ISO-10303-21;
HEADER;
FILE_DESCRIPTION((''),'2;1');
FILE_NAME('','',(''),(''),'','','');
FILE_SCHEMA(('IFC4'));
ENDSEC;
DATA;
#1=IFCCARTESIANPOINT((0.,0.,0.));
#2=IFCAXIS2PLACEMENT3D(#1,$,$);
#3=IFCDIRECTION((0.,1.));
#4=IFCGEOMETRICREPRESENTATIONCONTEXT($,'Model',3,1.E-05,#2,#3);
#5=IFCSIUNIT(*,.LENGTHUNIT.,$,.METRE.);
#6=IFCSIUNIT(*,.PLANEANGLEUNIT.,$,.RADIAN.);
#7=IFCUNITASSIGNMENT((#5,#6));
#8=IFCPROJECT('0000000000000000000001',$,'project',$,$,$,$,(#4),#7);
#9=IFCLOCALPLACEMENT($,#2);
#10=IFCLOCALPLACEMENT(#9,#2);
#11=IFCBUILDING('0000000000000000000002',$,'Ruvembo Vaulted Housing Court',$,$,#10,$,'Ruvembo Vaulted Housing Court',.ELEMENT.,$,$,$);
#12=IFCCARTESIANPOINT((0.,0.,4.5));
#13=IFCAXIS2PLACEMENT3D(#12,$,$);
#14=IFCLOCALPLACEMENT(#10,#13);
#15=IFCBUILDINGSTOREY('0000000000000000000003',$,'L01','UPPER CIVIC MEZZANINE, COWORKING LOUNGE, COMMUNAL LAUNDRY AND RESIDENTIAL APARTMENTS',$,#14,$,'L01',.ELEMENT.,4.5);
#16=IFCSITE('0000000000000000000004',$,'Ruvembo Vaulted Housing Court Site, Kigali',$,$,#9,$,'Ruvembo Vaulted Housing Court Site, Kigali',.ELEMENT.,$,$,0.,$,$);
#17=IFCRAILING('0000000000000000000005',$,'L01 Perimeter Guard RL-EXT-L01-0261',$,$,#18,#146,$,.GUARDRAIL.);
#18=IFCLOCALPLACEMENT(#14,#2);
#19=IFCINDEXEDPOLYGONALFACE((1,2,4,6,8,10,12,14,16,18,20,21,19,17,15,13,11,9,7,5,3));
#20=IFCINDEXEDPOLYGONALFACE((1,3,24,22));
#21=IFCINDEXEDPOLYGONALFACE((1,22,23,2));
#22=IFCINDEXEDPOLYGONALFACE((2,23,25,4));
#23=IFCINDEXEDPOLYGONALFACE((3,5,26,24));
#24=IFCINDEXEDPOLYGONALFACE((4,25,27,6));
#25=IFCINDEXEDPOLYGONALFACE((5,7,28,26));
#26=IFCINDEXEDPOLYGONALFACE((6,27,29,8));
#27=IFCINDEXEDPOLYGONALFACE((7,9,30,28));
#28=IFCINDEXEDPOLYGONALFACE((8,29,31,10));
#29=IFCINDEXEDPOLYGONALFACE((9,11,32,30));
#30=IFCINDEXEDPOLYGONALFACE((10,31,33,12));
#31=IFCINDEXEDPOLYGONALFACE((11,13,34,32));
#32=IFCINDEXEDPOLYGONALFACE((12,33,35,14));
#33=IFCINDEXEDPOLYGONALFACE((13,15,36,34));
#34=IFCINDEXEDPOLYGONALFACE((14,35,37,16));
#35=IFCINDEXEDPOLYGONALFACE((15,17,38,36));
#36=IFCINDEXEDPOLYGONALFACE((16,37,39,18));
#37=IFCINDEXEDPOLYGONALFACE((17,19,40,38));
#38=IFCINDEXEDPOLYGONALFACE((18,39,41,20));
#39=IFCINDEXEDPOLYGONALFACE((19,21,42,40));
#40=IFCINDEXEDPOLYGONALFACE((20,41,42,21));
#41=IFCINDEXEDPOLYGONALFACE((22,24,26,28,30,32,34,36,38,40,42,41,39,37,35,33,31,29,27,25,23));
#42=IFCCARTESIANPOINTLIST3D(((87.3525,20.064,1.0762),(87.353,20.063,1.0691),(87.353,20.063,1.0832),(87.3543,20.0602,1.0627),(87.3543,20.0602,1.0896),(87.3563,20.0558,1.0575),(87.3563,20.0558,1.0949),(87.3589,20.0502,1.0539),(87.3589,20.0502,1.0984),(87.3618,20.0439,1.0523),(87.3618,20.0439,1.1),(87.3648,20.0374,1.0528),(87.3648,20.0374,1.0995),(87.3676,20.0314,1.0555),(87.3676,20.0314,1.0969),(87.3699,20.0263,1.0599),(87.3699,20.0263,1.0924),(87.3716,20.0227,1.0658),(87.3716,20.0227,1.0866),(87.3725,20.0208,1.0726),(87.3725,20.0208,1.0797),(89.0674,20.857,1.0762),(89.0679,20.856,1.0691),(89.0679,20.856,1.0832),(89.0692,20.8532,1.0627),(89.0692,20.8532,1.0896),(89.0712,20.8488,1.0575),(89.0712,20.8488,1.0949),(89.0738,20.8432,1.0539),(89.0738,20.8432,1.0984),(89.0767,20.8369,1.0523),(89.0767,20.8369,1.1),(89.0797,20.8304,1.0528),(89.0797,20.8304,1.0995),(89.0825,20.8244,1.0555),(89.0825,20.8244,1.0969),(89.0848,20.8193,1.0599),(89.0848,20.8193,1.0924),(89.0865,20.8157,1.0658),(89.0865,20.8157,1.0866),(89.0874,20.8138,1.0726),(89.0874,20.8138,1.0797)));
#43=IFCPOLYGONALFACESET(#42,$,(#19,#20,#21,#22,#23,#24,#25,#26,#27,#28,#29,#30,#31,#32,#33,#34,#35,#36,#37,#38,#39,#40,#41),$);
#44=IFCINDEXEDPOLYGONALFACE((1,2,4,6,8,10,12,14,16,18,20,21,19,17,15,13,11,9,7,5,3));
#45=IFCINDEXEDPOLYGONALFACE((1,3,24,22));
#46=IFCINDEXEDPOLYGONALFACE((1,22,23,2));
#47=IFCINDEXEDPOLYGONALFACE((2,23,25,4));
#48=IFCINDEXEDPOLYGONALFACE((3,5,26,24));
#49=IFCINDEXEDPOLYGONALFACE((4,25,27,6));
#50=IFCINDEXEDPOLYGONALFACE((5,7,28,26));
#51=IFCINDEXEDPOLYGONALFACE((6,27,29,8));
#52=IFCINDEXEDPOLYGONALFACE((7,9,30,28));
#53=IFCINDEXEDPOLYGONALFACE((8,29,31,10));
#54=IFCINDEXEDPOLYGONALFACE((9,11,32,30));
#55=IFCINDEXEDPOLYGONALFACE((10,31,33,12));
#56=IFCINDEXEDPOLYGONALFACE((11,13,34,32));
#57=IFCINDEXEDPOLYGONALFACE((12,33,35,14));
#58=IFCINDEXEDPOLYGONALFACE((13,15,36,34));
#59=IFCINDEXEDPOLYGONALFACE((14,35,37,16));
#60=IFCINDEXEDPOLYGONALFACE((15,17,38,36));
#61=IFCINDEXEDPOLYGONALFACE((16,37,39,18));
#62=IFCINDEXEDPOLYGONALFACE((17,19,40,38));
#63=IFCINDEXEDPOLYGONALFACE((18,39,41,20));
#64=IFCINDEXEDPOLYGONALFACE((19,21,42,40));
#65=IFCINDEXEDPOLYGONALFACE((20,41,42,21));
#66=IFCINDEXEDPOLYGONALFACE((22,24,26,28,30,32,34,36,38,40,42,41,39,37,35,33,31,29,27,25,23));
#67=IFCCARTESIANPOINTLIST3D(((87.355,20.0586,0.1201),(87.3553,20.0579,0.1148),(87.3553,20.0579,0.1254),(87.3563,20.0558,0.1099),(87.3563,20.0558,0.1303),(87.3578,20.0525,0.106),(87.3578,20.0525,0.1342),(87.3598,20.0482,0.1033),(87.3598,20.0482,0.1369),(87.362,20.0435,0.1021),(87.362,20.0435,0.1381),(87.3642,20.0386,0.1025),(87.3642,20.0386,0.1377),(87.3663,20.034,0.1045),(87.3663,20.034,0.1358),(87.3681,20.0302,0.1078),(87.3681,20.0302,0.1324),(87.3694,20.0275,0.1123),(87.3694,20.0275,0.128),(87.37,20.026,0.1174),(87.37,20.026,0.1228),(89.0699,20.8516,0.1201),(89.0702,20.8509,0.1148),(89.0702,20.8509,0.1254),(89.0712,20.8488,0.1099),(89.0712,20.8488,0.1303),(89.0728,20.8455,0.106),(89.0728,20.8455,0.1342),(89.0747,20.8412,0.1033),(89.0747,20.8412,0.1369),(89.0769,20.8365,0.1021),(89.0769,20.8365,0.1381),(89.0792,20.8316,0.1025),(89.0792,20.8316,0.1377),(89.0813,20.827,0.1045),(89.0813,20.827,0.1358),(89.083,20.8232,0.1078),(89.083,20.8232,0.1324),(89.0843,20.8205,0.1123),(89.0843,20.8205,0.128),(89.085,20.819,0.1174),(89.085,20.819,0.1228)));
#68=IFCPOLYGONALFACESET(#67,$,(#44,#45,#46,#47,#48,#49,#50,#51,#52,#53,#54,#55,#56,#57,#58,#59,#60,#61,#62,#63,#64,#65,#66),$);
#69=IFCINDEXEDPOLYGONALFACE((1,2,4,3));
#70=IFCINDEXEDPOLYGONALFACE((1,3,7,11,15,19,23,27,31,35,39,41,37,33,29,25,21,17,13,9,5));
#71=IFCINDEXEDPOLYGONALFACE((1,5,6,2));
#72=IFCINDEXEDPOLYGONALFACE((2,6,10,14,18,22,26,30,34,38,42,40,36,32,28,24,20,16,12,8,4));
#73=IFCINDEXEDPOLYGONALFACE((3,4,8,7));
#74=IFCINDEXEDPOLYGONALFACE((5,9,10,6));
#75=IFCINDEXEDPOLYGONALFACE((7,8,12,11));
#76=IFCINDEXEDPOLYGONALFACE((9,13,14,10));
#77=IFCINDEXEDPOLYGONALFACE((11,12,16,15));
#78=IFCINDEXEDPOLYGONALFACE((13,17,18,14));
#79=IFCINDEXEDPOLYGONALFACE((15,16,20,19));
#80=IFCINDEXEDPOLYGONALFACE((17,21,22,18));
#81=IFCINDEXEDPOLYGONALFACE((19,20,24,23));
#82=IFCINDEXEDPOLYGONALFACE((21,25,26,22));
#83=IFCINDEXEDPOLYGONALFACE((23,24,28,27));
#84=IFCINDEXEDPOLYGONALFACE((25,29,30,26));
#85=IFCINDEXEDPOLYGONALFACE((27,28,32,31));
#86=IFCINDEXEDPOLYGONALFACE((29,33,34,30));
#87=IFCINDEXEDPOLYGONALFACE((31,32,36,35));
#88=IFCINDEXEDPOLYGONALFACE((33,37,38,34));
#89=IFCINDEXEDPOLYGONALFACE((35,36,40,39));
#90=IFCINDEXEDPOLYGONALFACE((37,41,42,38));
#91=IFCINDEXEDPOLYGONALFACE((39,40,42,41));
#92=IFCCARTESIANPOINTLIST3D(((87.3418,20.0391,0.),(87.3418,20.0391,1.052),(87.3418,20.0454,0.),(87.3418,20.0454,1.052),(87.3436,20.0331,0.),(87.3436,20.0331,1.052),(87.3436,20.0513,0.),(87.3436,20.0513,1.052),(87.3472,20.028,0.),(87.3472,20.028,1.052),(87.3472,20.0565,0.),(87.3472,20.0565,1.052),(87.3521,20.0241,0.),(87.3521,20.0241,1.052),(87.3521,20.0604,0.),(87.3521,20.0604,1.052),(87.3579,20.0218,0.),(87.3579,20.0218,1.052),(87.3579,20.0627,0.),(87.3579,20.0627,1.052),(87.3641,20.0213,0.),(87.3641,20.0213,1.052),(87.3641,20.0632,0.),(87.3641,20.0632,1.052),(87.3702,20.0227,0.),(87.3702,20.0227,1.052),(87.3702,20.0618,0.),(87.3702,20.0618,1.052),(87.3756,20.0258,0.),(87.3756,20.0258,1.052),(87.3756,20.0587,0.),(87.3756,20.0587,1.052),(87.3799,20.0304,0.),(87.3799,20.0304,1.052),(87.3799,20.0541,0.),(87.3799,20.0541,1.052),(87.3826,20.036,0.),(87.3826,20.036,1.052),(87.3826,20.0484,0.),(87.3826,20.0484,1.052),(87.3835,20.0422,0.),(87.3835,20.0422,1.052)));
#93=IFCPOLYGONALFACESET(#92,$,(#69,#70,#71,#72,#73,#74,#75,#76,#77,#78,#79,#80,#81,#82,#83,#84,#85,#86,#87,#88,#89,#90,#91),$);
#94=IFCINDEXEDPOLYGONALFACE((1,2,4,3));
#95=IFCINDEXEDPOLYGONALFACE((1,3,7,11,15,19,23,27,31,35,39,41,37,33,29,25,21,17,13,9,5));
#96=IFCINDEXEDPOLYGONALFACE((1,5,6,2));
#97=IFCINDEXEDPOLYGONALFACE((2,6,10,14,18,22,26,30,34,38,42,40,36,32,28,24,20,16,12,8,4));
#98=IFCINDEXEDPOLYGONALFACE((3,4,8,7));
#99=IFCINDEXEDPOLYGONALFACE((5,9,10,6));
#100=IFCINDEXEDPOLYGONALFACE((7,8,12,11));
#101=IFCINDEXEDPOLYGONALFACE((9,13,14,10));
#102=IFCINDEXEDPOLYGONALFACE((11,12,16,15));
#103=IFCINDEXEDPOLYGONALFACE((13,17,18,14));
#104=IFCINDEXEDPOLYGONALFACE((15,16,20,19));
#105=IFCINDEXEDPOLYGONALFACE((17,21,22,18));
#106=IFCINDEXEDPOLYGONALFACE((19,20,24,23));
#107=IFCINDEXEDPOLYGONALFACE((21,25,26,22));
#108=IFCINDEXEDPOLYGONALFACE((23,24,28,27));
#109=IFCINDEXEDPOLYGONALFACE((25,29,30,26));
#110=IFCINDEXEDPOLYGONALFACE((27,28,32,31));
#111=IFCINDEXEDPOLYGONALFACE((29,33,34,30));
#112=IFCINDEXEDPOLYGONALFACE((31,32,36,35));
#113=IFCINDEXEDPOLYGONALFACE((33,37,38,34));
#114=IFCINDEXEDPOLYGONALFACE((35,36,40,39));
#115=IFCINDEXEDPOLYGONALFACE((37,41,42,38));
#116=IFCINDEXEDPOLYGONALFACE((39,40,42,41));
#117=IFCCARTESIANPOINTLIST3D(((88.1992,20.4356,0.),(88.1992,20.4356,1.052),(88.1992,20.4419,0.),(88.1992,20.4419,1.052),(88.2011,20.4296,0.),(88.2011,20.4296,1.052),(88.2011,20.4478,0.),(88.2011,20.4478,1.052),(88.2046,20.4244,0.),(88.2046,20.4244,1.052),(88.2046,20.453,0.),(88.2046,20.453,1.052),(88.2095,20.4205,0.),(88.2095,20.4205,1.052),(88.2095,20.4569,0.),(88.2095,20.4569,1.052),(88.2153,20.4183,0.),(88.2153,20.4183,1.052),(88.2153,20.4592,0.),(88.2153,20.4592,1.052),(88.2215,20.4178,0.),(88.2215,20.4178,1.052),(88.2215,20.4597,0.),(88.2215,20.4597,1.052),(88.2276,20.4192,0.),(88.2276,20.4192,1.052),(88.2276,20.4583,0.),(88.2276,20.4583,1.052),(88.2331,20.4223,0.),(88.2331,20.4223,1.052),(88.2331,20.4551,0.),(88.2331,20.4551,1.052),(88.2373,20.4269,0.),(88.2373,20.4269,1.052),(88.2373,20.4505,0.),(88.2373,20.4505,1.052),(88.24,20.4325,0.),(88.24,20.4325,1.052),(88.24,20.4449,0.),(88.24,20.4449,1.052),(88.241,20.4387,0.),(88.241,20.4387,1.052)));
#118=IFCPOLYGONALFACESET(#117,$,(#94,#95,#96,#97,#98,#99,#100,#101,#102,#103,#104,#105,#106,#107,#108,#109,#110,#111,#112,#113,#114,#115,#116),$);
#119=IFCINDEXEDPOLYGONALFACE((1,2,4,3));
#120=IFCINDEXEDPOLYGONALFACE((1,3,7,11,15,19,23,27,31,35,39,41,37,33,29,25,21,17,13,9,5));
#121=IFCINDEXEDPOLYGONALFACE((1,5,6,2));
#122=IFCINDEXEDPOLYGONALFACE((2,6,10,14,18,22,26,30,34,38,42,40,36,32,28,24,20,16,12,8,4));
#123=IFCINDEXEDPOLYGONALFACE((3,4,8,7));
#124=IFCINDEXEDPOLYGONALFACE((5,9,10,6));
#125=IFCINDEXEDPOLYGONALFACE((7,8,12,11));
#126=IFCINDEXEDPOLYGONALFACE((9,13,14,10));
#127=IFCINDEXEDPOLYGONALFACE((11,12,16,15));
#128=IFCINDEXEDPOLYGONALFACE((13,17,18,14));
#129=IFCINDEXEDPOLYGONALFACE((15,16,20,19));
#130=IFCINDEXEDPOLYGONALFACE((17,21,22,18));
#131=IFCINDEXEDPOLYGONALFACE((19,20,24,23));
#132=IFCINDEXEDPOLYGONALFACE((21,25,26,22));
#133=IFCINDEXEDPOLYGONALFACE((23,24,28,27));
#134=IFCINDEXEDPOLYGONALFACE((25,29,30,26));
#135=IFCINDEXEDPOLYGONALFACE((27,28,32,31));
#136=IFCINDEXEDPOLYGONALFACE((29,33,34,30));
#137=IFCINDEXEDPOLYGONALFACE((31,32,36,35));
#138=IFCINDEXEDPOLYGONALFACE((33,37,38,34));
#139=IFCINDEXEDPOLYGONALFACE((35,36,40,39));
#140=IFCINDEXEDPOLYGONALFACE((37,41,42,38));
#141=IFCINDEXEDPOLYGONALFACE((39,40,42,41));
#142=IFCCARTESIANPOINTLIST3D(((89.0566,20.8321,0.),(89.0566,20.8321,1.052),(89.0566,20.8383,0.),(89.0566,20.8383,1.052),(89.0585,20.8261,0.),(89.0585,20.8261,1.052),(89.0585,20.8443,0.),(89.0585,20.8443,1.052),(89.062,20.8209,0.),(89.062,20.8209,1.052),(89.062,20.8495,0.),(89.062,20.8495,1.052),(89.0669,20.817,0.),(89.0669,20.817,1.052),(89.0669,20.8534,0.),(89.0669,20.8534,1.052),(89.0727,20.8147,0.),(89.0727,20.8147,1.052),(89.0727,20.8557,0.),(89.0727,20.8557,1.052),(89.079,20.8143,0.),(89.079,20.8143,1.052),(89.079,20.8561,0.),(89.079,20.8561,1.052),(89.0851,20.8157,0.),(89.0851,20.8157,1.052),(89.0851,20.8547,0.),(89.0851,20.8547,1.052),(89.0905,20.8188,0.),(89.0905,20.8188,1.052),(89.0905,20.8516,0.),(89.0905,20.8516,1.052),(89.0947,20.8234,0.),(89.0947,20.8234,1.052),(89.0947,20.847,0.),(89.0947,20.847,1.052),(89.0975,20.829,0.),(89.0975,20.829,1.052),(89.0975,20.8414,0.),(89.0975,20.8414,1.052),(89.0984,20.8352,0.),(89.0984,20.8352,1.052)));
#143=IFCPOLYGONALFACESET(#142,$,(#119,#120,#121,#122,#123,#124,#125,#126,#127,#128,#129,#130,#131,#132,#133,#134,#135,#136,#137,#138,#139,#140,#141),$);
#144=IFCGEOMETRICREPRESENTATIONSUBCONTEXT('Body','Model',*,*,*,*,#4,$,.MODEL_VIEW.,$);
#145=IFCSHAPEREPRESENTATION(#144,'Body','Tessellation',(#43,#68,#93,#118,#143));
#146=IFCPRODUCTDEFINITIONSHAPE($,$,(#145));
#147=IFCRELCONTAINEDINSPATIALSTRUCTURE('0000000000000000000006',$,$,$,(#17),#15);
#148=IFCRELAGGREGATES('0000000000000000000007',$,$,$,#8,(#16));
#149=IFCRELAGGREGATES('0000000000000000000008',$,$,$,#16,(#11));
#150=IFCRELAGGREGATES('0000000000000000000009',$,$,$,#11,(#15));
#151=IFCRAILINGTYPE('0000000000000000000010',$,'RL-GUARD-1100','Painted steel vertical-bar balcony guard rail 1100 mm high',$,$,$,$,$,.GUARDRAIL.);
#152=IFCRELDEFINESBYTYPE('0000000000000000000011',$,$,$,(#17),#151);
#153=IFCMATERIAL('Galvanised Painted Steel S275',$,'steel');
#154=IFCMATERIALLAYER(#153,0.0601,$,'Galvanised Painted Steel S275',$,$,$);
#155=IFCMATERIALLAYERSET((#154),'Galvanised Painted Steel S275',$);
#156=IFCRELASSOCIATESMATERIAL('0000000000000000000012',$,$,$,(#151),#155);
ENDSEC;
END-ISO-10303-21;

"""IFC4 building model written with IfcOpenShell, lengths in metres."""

from ifc_helpers import new_model, si_unit, direction, frame, origin, origin_2d, place, context, subcontext, project, spatial, circle, extrude, material, layer, layer_set, type_object, element, save


model = new_model("IFC4")

# Units and contexts
model_context = context("Model", 3, precision=1e-05, world=origin(), true_north=direction((0.0, 1.0)))
body_context = subcontext(model_context, "Body", "Model", "MODEL_VIEW")
ifc_project = project(units=[si_unit("LENGTHUNIT", "METRE"), si_unit("PLANEANGLEUNIT", "RADIAN")], contexts=[model_context])

# Site, building, storey
site_placement = place(None, origin())
site = spatial("IfcSite", under=ifc_project, at=site_placement, Name="Ruvembo Vaulted Housing Court Site, Kigali", LongName="Ruvembo Vaulted Housing Court Site, Kigali", CompositionType="ELEMENT", RefElevation=0.0)
building_placement = place(site_placement, origin())
building = spatial("IfcBuilding", under=site, at=building_placement, Name="Ruvembo Vaulted Housing Court", LongName="Ruvembo Vaulted Housing Court", CompositionType="ELEMENT")
storey_placement = place(building_placement, frame((0.0, 0.0, 4.5)))
storey = spatial("IfcBuildingStorey", under=building, at=storey_placement, Name="L01", Description="UPPER CIVIC MEZZANINE, COWORKING LOUNGE, COMMUNAL LAUNDRY AND RESIDENTIAL APARTMENTS", LongName="L01", CompositionType="ELEMENT", Elevation=4.5)

# Railing
ifc_material_1 = material(Name="Galvanised Painted Steel S275", Category="steel")
ifc_layer_1 = layer(ifc_material_1, 0.0601, Name="Galvanised Painted Steel S275")
ifc_layer_set_1 = layer_set([ifc_layer_1], Name="Galvanised Painted Steel S275")
railing_type = type_object("IfcRailingType", Name="RL-GUARD-1100", Description="Painted steel vertical-bar balcony guard rail 1100 mm high", PredefinedType="GUARDRAIL", material=ifc_layer_set_1)
railing_1_placement = place(storey_placement, frame((87.3625, 20.0422, 0.0)))
element("IfcRailing", 1, at=railing_1_placement, inside=storey, type_object=railing_type, Name="L01 Perimeter Guard RL-EXT-L01-0261", PredefinedType="GUARDRAIL", context=body_context, shape_type="SweptSolid", body=[
    extrude(circle(Radius=0.0239, at=origin_2d()), frame((0.0, 0.0, 1.0762), z_axis=(0.907657, 0.419714, 0.0), x_axis=(-0.419714, 0.907657, 0.0)), (0.0, 0.0, 1.0), 1.8894),
    extrude(circle(Radius=0.0181, at=origin_2d()), frame((0.0, 0.0, 0.1201), z_axis=(0.907657, 0.419714, 0.0), x_axis=(-0.419714, 0.907657, 0.0)), (0.0, 0.0, 1.0), 1.8894),
    extrude(circle(Radius=0.021, at=origin_2d()), origin(), (0.0, 0.0, 1.0), 1.052),
    extrude(circle(Radius=0.021, at=origin_2d()), frame((0.8574, 0.3965, 0.0)), (0.0, 0.0, 1.0), 1.052),
    extrude(circle(Radius=0.021, at=origin_2d()), frame((1.7148, 0.793, 0.0)), (0.0, 0.0, 1.0), 1.052),
])

save(model, "model.ifc")
